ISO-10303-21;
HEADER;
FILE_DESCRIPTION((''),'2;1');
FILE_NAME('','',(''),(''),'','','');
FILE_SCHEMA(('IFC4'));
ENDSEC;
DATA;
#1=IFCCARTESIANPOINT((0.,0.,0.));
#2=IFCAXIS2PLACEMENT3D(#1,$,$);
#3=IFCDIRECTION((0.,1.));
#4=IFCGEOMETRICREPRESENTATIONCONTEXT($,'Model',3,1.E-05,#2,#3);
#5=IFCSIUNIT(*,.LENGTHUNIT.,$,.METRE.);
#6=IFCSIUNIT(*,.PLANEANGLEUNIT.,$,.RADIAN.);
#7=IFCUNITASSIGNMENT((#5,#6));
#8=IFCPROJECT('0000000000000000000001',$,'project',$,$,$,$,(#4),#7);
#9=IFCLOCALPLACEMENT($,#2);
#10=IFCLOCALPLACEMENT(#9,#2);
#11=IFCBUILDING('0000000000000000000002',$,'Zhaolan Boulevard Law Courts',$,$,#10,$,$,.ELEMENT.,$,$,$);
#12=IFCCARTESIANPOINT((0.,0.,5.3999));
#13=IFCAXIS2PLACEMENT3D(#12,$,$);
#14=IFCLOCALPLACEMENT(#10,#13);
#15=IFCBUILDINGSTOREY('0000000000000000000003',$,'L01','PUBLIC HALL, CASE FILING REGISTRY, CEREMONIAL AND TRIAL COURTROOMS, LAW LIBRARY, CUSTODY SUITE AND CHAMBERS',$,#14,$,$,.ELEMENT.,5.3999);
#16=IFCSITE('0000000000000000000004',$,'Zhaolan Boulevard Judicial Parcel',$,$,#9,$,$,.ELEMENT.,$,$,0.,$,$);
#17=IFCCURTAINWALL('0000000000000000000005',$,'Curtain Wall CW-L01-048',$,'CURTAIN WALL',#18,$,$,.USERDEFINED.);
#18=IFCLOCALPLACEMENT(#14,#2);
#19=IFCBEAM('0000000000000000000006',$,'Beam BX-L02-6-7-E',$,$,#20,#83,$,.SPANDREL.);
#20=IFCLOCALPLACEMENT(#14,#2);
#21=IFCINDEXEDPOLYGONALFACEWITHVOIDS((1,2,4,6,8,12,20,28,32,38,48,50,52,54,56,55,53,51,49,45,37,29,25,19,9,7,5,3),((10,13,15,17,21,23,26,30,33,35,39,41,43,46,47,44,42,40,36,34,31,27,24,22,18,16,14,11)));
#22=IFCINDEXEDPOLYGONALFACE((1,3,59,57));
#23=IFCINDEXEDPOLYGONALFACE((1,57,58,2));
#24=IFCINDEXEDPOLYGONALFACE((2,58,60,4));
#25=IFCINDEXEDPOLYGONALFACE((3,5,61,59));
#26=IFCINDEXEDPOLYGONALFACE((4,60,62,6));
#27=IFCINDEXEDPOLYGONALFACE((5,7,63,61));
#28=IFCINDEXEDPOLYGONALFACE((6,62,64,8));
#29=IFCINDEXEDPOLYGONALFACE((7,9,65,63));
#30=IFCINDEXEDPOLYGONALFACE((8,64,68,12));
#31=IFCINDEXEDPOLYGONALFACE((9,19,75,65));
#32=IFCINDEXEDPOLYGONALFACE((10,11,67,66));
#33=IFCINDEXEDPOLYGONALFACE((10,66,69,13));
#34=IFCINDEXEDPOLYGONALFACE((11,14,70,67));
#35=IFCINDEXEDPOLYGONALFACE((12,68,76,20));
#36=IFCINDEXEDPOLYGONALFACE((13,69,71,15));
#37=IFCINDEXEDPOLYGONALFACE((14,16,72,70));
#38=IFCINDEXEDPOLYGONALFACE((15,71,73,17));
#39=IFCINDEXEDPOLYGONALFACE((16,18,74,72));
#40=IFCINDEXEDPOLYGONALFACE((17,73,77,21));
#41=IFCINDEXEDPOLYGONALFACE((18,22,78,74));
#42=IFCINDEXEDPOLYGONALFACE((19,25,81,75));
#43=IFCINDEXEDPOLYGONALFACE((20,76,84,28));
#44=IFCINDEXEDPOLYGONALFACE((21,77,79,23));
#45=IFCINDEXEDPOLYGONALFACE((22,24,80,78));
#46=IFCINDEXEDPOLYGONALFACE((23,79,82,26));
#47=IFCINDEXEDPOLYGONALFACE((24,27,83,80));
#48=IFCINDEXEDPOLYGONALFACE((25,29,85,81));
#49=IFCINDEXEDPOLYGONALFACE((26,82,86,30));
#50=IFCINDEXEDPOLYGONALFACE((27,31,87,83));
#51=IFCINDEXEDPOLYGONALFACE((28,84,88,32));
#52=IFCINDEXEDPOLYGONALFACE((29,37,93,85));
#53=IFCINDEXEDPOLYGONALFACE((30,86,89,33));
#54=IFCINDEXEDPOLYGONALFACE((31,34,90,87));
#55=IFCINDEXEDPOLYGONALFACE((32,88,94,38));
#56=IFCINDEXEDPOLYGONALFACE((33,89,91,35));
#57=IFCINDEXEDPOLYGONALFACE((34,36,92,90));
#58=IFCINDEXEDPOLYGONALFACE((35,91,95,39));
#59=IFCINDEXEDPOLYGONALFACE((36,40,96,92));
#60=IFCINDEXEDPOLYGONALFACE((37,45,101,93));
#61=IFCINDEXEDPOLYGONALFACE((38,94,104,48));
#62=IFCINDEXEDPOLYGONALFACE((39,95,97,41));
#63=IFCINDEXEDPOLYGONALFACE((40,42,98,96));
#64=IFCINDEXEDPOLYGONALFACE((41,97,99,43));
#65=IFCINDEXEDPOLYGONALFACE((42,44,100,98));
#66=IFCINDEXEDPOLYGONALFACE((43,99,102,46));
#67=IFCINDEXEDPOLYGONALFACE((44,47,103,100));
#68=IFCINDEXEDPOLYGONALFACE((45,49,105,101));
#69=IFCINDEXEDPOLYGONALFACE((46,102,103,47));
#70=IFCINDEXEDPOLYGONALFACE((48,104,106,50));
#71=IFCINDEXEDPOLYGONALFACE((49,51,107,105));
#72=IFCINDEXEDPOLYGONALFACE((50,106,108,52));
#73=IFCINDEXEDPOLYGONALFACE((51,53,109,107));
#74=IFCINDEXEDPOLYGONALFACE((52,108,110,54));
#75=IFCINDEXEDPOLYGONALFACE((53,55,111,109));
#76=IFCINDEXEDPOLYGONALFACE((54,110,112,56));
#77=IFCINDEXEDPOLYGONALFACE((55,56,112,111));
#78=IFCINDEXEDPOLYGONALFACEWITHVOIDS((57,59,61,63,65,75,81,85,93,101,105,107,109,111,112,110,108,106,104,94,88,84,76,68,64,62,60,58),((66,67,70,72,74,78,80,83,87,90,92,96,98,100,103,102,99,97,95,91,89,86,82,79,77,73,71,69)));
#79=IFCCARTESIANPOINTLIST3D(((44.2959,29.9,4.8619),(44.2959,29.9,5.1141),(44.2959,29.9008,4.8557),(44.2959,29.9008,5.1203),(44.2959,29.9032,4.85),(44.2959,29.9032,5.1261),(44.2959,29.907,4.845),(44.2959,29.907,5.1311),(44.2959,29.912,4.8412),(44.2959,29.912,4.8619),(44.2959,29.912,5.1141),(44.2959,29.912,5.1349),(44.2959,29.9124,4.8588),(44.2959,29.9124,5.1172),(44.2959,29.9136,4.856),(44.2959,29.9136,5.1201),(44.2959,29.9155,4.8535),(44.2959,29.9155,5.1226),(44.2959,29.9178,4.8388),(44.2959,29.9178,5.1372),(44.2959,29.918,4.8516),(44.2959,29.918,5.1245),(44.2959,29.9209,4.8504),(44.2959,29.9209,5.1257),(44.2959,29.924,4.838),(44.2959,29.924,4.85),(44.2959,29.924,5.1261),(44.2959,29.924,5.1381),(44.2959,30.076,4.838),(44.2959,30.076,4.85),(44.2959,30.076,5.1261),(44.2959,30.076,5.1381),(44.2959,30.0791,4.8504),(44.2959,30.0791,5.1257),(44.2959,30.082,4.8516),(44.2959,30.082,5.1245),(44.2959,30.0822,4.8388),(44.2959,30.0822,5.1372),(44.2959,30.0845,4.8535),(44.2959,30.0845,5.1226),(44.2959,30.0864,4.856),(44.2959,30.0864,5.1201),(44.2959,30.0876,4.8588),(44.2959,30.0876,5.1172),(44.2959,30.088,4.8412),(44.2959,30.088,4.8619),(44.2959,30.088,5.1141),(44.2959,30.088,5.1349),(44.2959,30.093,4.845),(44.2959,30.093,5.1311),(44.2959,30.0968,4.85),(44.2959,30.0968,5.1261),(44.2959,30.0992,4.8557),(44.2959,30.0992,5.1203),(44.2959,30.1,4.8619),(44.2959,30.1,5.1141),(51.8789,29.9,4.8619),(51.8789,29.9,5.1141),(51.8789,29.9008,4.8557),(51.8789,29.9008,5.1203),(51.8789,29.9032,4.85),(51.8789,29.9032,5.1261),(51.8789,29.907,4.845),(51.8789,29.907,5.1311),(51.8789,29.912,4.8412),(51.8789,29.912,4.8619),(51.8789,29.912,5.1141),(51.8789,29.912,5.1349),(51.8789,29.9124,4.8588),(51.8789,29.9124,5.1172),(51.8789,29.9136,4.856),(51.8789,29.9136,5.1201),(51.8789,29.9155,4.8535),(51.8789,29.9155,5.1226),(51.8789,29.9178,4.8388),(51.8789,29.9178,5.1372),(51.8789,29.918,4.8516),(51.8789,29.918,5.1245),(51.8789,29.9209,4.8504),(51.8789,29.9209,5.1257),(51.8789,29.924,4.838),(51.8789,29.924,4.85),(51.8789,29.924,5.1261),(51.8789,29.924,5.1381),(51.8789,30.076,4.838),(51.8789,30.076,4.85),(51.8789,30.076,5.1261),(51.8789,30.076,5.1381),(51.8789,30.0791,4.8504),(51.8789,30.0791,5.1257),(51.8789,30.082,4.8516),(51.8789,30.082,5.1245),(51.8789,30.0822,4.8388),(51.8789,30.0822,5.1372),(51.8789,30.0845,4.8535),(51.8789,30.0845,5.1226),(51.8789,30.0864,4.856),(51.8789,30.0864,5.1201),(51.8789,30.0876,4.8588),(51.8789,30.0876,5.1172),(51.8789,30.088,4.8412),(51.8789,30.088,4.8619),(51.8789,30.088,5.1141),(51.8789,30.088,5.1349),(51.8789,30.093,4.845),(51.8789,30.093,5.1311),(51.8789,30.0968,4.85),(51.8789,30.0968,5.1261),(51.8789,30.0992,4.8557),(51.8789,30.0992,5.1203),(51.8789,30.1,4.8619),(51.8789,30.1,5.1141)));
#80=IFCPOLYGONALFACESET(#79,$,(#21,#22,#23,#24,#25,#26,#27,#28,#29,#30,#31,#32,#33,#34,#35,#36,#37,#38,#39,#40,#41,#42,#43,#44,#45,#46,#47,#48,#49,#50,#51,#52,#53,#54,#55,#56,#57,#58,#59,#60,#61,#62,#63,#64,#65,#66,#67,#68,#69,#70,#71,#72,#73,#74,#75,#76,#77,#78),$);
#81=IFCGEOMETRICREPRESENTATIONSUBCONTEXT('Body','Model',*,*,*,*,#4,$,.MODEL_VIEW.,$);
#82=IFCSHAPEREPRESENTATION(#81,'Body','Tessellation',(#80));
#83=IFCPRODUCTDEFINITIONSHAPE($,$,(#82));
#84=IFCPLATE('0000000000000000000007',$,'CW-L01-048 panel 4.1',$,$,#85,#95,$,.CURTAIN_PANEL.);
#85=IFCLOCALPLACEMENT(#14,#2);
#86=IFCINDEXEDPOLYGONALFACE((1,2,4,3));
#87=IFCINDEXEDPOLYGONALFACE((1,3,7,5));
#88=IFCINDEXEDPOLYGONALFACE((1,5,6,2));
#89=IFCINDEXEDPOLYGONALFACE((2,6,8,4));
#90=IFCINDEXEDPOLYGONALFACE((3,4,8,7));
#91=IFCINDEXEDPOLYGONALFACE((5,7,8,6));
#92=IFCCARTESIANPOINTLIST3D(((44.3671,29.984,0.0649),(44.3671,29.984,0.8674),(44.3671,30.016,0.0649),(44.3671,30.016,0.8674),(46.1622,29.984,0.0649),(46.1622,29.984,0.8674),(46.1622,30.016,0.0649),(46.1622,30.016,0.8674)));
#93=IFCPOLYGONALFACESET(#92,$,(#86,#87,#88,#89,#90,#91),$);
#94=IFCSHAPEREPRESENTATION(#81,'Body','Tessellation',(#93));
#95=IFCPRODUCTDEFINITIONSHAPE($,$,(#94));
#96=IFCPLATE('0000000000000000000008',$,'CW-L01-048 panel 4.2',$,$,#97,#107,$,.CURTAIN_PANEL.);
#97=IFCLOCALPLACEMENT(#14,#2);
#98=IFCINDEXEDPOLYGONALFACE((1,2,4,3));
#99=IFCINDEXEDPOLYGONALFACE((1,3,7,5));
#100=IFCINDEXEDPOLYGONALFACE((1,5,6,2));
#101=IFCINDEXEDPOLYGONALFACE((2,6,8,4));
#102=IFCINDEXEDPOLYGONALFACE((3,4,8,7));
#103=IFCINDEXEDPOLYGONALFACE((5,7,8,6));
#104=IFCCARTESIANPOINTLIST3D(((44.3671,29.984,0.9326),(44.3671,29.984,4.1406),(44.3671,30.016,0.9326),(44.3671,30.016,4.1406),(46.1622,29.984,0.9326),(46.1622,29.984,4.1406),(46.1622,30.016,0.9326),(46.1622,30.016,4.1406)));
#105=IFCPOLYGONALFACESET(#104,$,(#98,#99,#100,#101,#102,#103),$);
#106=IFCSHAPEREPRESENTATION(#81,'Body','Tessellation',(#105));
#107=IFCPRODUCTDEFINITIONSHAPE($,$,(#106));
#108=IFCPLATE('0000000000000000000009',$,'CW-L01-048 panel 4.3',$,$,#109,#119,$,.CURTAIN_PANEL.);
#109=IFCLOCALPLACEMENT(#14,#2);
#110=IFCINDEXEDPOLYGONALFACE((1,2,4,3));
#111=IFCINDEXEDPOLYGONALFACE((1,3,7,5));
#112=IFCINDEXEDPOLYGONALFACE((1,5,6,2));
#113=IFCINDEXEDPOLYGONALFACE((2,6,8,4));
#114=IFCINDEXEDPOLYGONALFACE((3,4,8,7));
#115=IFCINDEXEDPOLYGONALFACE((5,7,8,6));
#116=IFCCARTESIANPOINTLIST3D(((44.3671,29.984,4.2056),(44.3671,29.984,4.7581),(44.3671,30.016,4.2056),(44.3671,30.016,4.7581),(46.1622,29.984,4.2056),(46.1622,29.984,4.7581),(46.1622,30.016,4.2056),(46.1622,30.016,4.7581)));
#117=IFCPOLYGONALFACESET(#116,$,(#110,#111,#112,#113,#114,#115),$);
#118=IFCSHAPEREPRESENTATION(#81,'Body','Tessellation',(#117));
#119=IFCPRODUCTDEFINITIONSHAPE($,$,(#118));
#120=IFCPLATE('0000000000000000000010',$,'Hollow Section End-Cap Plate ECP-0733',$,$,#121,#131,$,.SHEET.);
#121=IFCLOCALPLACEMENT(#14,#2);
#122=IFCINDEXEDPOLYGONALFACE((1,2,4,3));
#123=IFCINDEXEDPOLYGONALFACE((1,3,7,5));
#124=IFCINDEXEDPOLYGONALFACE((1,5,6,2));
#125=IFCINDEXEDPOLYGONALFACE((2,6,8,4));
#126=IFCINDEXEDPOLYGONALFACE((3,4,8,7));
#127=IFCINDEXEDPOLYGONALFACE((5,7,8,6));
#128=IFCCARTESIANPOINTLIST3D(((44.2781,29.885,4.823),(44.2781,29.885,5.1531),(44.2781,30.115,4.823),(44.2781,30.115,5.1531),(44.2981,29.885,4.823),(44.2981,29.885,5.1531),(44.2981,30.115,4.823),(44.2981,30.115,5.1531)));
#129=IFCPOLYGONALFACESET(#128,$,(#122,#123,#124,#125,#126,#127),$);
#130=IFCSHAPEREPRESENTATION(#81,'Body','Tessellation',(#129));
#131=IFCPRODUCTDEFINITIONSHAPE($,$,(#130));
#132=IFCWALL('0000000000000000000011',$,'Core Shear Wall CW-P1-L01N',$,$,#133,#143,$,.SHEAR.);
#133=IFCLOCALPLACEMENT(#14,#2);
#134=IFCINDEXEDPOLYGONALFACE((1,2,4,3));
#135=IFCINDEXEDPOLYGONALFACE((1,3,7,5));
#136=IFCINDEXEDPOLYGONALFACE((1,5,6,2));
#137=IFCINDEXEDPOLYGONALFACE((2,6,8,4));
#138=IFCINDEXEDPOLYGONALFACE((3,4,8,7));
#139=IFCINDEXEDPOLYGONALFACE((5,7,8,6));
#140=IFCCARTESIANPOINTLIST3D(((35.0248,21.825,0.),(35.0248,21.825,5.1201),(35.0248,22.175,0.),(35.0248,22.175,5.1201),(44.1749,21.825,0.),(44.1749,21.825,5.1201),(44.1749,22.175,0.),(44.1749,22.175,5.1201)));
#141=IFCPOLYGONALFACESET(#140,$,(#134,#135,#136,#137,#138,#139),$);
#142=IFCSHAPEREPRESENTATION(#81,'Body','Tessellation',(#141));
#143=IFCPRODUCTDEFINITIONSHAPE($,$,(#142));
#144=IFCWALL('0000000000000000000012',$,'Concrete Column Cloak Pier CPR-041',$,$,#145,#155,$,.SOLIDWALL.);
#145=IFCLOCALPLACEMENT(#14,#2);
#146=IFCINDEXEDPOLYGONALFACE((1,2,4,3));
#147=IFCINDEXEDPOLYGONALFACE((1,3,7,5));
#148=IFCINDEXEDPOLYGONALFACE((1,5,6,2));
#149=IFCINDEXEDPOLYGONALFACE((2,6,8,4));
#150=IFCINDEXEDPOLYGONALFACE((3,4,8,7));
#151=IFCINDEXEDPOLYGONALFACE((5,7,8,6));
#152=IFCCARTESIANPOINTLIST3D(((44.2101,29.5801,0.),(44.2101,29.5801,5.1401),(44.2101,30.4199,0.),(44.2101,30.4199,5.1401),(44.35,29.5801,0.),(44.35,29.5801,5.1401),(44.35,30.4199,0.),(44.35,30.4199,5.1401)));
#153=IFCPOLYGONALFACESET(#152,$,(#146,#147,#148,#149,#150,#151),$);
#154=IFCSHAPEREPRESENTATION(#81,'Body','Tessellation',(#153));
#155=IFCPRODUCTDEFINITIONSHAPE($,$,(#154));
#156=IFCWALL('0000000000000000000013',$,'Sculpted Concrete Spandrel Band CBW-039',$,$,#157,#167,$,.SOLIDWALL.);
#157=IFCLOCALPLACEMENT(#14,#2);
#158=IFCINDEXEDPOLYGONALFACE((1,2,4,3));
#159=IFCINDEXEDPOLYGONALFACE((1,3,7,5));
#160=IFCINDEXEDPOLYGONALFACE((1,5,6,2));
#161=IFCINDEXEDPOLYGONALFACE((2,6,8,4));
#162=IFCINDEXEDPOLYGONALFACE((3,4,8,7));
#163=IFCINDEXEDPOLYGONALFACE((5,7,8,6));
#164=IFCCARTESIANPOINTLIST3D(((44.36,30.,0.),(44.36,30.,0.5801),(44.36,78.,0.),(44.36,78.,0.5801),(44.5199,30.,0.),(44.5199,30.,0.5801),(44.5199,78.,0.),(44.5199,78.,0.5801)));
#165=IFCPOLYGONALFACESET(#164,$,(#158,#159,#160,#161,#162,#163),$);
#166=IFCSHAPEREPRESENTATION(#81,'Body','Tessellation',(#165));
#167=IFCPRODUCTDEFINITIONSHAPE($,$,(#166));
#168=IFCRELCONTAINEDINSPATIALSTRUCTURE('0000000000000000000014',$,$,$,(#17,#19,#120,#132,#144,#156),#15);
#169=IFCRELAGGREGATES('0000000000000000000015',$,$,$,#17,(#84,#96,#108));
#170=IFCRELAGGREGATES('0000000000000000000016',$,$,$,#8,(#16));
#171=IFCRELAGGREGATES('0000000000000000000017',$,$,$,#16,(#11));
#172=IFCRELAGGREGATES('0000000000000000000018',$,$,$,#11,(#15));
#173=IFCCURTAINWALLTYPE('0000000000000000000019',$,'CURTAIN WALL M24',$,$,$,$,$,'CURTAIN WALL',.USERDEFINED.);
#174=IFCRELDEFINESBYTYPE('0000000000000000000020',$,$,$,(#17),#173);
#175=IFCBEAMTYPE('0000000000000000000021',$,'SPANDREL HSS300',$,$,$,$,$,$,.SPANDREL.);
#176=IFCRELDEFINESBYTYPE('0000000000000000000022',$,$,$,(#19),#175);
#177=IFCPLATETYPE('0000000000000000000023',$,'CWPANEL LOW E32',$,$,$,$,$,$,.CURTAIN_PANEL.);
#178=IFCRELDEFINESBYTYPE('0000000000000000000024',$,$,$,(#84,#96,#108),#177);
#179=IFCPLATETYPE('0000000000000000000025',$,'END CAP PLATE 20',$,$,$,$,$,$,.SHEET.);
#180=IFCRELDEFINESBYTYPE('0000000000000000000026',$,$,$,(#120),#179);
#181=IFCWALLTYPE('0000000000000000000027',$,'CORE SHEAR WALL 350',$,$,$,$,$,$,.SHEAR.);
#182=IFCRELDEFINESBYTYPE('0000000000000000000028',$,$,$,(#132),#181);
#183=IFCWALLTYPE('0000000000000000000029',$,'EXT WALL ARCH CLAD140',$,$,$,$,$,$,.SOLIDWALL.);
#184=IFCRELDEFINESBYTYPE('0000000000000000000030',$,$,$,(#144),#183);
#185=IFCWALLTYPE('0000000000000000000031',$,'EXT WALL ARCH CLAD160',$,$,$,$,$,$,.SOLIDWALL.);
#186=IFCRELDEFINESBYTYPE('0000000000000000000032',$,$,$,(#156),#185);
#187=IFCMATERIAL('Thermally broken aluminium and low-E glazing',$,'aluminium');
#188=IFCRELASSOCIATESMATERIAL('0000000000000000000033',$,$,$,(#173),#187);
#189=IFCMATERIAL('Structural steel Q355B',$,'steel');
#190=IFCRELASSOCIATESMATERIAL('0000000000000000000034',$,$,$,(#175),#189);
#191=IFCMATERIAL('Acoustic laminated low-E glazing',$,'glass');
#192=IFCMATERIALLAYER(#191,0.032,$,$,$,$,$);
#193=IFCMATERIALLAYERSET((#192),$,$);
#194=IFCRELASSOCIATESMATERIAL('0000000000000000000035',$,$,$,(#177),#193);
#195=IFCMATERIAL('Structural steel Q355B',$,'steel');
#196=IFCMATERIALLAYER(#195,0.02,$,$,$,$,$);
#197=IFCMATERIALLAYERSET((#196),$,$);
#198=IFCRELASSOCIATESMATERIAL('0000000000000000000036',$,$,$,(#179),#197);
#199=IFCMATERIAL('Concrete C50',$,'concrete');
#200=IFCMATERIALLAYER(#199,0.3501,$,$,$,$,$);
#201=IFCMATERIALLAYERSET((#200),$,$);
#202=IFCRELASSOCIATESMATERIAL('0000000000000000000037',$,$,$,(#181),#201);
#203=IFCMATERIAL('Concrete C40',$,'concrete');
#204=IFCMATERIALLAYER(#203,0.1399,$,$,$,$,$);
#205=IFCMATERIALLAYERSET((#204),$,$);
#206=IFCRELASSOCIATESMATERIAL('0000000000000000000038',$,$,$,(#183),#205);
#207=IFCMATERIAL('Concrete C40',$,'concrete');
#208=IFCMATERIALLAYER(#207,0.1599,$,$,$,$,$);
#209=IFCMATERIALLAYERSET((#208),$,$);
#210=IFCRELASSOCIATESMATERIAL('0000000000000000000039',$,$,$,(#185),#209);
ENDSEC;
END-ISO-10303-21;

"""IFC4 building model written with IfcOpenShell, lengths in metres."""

from ifc_helpers import new_model, si_unit, direction, frame, frame_2d, origin, origin_2d, place, context, subcontext, project, spatial, rectangle, hollow_rectangle, extrude, material, layer, layer_set, material_profile, profile_set, type_object, element, aggregate, save


model = new_model("IFC4")

# Units and contexts
model_context = context("Model", 3, precision=1e-05, world=origin(), true_north=direction((0.0, 1.0)))
body_context = subcontext(model_context, "Body", "Model", "MODEL_VIEW")
ifc_project = project(units=[si_unit("LENGTHUNIT", "METRE"), si_unit("PLANEANGLEUNIT", "RADIAN")], contexts=[model_context])

# Site, building, storey
site_placement = place(None, origin())
site = spatial("IfcSite", under=ifc_project, at=site_placement, Name="Zhaolan Boulevard Judicial Parcel", CompositionType="ELEMENT", RefElevation=0.0)
building_placement = place(site_placement, origin())
building = spatial("IfcBuilding", under=site, at=building_placement, Name="Zhaolan Boulevard Law Courts", CompositionType="ELEMENT")
storey_placement = place(building_placement, frame((0.0, 0.0, 5.3999)))
storey = spatial("IfcBuildingStorey", under=building, at=storey_placement, Name="L01", Description="PUBLIC HALL, CASE FILING REGISTRY, CEREMONIAL AND TRIAL COURTROOMS, LAW LIBRARY, CUSTODY SUITE AND CHAMBERS", CompositionType="ELEMENT", Elevation=5.3999)

# Curtain wall
ifc_material_1 = material(Name="Thermally broken aluminium and low-E glazing", Category="aluminium")
curtain_wall_type = type_object("IfcCurtainWallType", Name="CURTAIN WALL M24", ElementType="CURTAIN WALL", PredefinedType="USERDEFINED", material=ifc_material_1)
curtain_wall_placement = place(storey_placement, origin())
curtain_wall = element("IfcCurtainWall", 1, at=curtain_wall_placement, inside=storey, type_object=curtain_wall_type, Name="Curtain Wall CW-L01-048", ObjectType="CURTAIN WALL", PredefinedType="USERDEFINED")

# Beam
ifc_material_2 = material(Name="Structural steel Q355B", Category="steel")
ifc_material_profile_1 = material_profile(ifc_material_2, hollow_rectangle(XDim=0.2, YDim=0.3, WallThickness=0.012, InnerFilletRadius=0.012, OuterFilletRadius=0.0239, at=origin_2d()), Name="HSS300x200x12")
ifc_profile_set_1 = profile_set([ifc_material_profile_1], Name="Structural steel Q355B")
beam_type_1 = type_object("IfcBeamType", Name="SPANDREL HSS300", PredefinedType="SPANDREL", material=ifc_profile_set_1)
beam_1_placement = place(storey_placement, frame((44.2959, 30.0, 4.988), z_axis=(1.0, 0.0, 0.0), x_axis=(0.0, 1.0, 0.0)))
element("IfcBeam", 2, at=beam_1_placement, inside=storey, type_object=beam_type_1, Name="Beam BX-L02-6-7-E", PredefinedType="SPANDREL", context=body_context, shape_type="SweptSolid", body=[
    extrude(hollow_rectangle(XDim=0.2, YDim=0.3, WallThickness=0.012, InnerFilletRadius=0.012, OuterFilletRadius=0.0239, at=origin_2d()), origin(), (0.0, 0.0, 1.0), 7.583),
])

# Plates
ifc_material_3 = material(Name="Acoustic laminated low-E glazing", Category="glass")
ifc_layer_1 = layer(ifc_material_3, 0.032)
ifc_layer_set_1 = layer_set([ifc_layer_1])
plate_type_1 = type_object("IfcPlateType", Name="CWPANEL LOW E32", PredefinedType="CURTAIN_PANEL", material=ifc_layer_set_1)
plate_1_placement = place(storey_placement, frame((45.2646, 30.0, 0.0649), z_axis=(0.0, 0.0, 1.0), x_axis=(-1.0, 0.0, 0.0)))
plate_1 = element("IfcPlate", 3, at=plate_1_placement, type_object=plate_type_1, Name="CW-L01-048 panel 4.1", PredefinedType="CURTAIN_PANEL", context=body_context, shape_type="SweptSolid", body=[
    extrude(rectangle(XDim=1.7952, YDim=0.032, at=origin_2d()), origin(), (0.0, 0.0, 1.0), 0.8025),
])
plate_2_placement = place(storey_placement, frame((45.2646, 30.0, 0.9326), z_axis=(0.0, 0.0, 1.0), x_axis=(-1.0, 0.0, 0.0)))
plate_2 = element("IfcPlate", 4, at=plate_2_placement, type_object=plate_type_1, Name="CW-L01-048 panel 4.2", PredefinedType="CURTAIN_PANEL", context=body_context, shape_type="SweptSolid", body=[
    extrude(rectangle(XDim=1.7952, YDim=0.032, at=origin_2d()), origin(), (0.0, 0.0, 1.0), 3.208),
])
plate_3_placement = place(storey_placement, frame((45.2646, 30.0, 4.2056), z_axis=(0.0, 0.0, 1.0), x_axis=(-1.0, 0.0, 0.0)))
plate_3 = element("IfcPlate", 5, at=plate_3_placement, type_object=plate_type_1, Name="CW-L01-048 panel 4.3", PredefinedType="CURTAIN_PANEL", context=body_context, shape_type="SweptSolid", body=[
    extrude(rectangle(XDim=1.7952, YDim=0.032, at=origin_2d()), origin(), (0.0, 0.0, 1.0), 0.5525),
])
aggregate(curtain_wall, [plate_1, plate_2, plate_3])
ifc_material_4 = material(Name="Structural steel Q355B", Category="steel")
ifc_layer_2 = layer(ifc_material_4, 0.02)
ifc_layer_set_2 = layer_set([ifc_layer_2])
plate_type_2 = type_object("IfcPlateType", Name="END CAP PLATE 20", PredefinedType="SHEET", material=ifc_layer_set_2)
plate_4_placement = place(storey_placement, frame((44.2881, 30.0, 4.823), z_axis=(0.0, 0.0, 1.0), x_axis=(1.0, 0.0, 0.0)))
element("IfcPlate", 6, at=plate_4_placement, inside=storey, type_object=plate_type_2, Name="Hollow Section End-Cap Plate ECP-0733", PredefinedType="SHEET", context=body_context, shape_type="SweptSolid", body=[
    extrude(rectangle(XDim=0.02, YDim=0.23, at=origin_2d()), origin(), (0.0, 0.0, 1.0), 0.3301),
])

# Walls
ifc_material_5 = material(Name="Concrete C50", Category="concrete")
ifc_layer_3 = layer(ifc_material_5, 0.3501)
ifc_layer_set_3 = layer_set([ifc_layer_3])
wall_type_1 = type_object("IfcWallType", Name="CORE SHEAR WALL 350", PredefinedType="SHEAR", material=ifc_layer_set_3)
wall_1_placement = place(storey_placement, frame((44.175, 22.0, 0.0), z_axis=(0.0, 0.0, 1.0), x_axis=(-1.0, 0.0, 0.0)))
element("IfcWall", 7, at=wall_1_placement, inside=storey, type_object=wall_type_1, Name="Core Shear Wall CW-P1-L01N", PredefinedType="SHEAR", context=body_context, shape_type="SweptSolid", body=[
    extrude(rectangle(XDim=9.1501, YDim=0.3501, at=frame_2d((4.5752, 0.0))), origin(), (0.0, 0.0, 1.0), 5.1201),
])
ifc_material_6 = material(Name="Concrete C40", Category="concrete")
ifc_layer_4 = layer(ifc_material_6, 0.1399)
ifc_layer_set_4 = layer_set([ifc_layer_4])
wall_type_2 = type_object("IfcWallType", Name="EXT WALL ARCH CLAD140", PredefinedType="SOLIDWALL", material=ifc_layer_set_4)
wall_2_placement = place(storey_placement, frame((44.28, 29.5801, 0.0), z_axis=(0.0, 0.0, 1.0), x_axis=(0.0, 1.0, 0.0)))
element("IfcWall", 8, at=wall_2_placement, inside=storey, type_object=wall_type_2, Name="Concrete Column Cloak Pier CPR-041", PredefinedType="SOLIDWALL", context=body_context, shape_type="SweptSolid", body=[
    extrude(rectangle(XDim=0.8398, YDim=0.1399, at=frame_2d((0.4199, 0.0))), origin(), (0.0, 0.0, 1.0), 5.1401),
])
ifc_material_7 = material(Name="Concrete C40", Category="concrete")
ifc_layer_5 = layer(ifc_material_7, 0.1599)
ifc_layer_set_5 = layer_set([ifc_layer_5])
wall_type_3 = type_object("IfcWallType", Name="EXT WALL ARCH CLAD160", PredefinedType="SOLIDWALL", material=ifc_layer_set_5)
wall_3_placement = place(storey_placement, frame((44.4399, 30.0, 0.0), z_axis=(0.0, 0.0, 1.0), x_axis=(0.0, 1.0, 0.0)))
element("IfcWall", 9, at=wall_3_placement, inside=storey, type_object=wall_type_3, Name="Sculpted Concrete Spandrel Band CBW-039", PredefinedType="SOLIDWALL", context=body_context, shape_type="SweptSolid", body=[
    extrude(rectangle(XDim=48.0, YDim=0.1599, at=frame_2d((24.0, 0.0))), origin(), (0.0, 0.0, 1.0), 0.5801),
])

save(model, "model.ifc")
